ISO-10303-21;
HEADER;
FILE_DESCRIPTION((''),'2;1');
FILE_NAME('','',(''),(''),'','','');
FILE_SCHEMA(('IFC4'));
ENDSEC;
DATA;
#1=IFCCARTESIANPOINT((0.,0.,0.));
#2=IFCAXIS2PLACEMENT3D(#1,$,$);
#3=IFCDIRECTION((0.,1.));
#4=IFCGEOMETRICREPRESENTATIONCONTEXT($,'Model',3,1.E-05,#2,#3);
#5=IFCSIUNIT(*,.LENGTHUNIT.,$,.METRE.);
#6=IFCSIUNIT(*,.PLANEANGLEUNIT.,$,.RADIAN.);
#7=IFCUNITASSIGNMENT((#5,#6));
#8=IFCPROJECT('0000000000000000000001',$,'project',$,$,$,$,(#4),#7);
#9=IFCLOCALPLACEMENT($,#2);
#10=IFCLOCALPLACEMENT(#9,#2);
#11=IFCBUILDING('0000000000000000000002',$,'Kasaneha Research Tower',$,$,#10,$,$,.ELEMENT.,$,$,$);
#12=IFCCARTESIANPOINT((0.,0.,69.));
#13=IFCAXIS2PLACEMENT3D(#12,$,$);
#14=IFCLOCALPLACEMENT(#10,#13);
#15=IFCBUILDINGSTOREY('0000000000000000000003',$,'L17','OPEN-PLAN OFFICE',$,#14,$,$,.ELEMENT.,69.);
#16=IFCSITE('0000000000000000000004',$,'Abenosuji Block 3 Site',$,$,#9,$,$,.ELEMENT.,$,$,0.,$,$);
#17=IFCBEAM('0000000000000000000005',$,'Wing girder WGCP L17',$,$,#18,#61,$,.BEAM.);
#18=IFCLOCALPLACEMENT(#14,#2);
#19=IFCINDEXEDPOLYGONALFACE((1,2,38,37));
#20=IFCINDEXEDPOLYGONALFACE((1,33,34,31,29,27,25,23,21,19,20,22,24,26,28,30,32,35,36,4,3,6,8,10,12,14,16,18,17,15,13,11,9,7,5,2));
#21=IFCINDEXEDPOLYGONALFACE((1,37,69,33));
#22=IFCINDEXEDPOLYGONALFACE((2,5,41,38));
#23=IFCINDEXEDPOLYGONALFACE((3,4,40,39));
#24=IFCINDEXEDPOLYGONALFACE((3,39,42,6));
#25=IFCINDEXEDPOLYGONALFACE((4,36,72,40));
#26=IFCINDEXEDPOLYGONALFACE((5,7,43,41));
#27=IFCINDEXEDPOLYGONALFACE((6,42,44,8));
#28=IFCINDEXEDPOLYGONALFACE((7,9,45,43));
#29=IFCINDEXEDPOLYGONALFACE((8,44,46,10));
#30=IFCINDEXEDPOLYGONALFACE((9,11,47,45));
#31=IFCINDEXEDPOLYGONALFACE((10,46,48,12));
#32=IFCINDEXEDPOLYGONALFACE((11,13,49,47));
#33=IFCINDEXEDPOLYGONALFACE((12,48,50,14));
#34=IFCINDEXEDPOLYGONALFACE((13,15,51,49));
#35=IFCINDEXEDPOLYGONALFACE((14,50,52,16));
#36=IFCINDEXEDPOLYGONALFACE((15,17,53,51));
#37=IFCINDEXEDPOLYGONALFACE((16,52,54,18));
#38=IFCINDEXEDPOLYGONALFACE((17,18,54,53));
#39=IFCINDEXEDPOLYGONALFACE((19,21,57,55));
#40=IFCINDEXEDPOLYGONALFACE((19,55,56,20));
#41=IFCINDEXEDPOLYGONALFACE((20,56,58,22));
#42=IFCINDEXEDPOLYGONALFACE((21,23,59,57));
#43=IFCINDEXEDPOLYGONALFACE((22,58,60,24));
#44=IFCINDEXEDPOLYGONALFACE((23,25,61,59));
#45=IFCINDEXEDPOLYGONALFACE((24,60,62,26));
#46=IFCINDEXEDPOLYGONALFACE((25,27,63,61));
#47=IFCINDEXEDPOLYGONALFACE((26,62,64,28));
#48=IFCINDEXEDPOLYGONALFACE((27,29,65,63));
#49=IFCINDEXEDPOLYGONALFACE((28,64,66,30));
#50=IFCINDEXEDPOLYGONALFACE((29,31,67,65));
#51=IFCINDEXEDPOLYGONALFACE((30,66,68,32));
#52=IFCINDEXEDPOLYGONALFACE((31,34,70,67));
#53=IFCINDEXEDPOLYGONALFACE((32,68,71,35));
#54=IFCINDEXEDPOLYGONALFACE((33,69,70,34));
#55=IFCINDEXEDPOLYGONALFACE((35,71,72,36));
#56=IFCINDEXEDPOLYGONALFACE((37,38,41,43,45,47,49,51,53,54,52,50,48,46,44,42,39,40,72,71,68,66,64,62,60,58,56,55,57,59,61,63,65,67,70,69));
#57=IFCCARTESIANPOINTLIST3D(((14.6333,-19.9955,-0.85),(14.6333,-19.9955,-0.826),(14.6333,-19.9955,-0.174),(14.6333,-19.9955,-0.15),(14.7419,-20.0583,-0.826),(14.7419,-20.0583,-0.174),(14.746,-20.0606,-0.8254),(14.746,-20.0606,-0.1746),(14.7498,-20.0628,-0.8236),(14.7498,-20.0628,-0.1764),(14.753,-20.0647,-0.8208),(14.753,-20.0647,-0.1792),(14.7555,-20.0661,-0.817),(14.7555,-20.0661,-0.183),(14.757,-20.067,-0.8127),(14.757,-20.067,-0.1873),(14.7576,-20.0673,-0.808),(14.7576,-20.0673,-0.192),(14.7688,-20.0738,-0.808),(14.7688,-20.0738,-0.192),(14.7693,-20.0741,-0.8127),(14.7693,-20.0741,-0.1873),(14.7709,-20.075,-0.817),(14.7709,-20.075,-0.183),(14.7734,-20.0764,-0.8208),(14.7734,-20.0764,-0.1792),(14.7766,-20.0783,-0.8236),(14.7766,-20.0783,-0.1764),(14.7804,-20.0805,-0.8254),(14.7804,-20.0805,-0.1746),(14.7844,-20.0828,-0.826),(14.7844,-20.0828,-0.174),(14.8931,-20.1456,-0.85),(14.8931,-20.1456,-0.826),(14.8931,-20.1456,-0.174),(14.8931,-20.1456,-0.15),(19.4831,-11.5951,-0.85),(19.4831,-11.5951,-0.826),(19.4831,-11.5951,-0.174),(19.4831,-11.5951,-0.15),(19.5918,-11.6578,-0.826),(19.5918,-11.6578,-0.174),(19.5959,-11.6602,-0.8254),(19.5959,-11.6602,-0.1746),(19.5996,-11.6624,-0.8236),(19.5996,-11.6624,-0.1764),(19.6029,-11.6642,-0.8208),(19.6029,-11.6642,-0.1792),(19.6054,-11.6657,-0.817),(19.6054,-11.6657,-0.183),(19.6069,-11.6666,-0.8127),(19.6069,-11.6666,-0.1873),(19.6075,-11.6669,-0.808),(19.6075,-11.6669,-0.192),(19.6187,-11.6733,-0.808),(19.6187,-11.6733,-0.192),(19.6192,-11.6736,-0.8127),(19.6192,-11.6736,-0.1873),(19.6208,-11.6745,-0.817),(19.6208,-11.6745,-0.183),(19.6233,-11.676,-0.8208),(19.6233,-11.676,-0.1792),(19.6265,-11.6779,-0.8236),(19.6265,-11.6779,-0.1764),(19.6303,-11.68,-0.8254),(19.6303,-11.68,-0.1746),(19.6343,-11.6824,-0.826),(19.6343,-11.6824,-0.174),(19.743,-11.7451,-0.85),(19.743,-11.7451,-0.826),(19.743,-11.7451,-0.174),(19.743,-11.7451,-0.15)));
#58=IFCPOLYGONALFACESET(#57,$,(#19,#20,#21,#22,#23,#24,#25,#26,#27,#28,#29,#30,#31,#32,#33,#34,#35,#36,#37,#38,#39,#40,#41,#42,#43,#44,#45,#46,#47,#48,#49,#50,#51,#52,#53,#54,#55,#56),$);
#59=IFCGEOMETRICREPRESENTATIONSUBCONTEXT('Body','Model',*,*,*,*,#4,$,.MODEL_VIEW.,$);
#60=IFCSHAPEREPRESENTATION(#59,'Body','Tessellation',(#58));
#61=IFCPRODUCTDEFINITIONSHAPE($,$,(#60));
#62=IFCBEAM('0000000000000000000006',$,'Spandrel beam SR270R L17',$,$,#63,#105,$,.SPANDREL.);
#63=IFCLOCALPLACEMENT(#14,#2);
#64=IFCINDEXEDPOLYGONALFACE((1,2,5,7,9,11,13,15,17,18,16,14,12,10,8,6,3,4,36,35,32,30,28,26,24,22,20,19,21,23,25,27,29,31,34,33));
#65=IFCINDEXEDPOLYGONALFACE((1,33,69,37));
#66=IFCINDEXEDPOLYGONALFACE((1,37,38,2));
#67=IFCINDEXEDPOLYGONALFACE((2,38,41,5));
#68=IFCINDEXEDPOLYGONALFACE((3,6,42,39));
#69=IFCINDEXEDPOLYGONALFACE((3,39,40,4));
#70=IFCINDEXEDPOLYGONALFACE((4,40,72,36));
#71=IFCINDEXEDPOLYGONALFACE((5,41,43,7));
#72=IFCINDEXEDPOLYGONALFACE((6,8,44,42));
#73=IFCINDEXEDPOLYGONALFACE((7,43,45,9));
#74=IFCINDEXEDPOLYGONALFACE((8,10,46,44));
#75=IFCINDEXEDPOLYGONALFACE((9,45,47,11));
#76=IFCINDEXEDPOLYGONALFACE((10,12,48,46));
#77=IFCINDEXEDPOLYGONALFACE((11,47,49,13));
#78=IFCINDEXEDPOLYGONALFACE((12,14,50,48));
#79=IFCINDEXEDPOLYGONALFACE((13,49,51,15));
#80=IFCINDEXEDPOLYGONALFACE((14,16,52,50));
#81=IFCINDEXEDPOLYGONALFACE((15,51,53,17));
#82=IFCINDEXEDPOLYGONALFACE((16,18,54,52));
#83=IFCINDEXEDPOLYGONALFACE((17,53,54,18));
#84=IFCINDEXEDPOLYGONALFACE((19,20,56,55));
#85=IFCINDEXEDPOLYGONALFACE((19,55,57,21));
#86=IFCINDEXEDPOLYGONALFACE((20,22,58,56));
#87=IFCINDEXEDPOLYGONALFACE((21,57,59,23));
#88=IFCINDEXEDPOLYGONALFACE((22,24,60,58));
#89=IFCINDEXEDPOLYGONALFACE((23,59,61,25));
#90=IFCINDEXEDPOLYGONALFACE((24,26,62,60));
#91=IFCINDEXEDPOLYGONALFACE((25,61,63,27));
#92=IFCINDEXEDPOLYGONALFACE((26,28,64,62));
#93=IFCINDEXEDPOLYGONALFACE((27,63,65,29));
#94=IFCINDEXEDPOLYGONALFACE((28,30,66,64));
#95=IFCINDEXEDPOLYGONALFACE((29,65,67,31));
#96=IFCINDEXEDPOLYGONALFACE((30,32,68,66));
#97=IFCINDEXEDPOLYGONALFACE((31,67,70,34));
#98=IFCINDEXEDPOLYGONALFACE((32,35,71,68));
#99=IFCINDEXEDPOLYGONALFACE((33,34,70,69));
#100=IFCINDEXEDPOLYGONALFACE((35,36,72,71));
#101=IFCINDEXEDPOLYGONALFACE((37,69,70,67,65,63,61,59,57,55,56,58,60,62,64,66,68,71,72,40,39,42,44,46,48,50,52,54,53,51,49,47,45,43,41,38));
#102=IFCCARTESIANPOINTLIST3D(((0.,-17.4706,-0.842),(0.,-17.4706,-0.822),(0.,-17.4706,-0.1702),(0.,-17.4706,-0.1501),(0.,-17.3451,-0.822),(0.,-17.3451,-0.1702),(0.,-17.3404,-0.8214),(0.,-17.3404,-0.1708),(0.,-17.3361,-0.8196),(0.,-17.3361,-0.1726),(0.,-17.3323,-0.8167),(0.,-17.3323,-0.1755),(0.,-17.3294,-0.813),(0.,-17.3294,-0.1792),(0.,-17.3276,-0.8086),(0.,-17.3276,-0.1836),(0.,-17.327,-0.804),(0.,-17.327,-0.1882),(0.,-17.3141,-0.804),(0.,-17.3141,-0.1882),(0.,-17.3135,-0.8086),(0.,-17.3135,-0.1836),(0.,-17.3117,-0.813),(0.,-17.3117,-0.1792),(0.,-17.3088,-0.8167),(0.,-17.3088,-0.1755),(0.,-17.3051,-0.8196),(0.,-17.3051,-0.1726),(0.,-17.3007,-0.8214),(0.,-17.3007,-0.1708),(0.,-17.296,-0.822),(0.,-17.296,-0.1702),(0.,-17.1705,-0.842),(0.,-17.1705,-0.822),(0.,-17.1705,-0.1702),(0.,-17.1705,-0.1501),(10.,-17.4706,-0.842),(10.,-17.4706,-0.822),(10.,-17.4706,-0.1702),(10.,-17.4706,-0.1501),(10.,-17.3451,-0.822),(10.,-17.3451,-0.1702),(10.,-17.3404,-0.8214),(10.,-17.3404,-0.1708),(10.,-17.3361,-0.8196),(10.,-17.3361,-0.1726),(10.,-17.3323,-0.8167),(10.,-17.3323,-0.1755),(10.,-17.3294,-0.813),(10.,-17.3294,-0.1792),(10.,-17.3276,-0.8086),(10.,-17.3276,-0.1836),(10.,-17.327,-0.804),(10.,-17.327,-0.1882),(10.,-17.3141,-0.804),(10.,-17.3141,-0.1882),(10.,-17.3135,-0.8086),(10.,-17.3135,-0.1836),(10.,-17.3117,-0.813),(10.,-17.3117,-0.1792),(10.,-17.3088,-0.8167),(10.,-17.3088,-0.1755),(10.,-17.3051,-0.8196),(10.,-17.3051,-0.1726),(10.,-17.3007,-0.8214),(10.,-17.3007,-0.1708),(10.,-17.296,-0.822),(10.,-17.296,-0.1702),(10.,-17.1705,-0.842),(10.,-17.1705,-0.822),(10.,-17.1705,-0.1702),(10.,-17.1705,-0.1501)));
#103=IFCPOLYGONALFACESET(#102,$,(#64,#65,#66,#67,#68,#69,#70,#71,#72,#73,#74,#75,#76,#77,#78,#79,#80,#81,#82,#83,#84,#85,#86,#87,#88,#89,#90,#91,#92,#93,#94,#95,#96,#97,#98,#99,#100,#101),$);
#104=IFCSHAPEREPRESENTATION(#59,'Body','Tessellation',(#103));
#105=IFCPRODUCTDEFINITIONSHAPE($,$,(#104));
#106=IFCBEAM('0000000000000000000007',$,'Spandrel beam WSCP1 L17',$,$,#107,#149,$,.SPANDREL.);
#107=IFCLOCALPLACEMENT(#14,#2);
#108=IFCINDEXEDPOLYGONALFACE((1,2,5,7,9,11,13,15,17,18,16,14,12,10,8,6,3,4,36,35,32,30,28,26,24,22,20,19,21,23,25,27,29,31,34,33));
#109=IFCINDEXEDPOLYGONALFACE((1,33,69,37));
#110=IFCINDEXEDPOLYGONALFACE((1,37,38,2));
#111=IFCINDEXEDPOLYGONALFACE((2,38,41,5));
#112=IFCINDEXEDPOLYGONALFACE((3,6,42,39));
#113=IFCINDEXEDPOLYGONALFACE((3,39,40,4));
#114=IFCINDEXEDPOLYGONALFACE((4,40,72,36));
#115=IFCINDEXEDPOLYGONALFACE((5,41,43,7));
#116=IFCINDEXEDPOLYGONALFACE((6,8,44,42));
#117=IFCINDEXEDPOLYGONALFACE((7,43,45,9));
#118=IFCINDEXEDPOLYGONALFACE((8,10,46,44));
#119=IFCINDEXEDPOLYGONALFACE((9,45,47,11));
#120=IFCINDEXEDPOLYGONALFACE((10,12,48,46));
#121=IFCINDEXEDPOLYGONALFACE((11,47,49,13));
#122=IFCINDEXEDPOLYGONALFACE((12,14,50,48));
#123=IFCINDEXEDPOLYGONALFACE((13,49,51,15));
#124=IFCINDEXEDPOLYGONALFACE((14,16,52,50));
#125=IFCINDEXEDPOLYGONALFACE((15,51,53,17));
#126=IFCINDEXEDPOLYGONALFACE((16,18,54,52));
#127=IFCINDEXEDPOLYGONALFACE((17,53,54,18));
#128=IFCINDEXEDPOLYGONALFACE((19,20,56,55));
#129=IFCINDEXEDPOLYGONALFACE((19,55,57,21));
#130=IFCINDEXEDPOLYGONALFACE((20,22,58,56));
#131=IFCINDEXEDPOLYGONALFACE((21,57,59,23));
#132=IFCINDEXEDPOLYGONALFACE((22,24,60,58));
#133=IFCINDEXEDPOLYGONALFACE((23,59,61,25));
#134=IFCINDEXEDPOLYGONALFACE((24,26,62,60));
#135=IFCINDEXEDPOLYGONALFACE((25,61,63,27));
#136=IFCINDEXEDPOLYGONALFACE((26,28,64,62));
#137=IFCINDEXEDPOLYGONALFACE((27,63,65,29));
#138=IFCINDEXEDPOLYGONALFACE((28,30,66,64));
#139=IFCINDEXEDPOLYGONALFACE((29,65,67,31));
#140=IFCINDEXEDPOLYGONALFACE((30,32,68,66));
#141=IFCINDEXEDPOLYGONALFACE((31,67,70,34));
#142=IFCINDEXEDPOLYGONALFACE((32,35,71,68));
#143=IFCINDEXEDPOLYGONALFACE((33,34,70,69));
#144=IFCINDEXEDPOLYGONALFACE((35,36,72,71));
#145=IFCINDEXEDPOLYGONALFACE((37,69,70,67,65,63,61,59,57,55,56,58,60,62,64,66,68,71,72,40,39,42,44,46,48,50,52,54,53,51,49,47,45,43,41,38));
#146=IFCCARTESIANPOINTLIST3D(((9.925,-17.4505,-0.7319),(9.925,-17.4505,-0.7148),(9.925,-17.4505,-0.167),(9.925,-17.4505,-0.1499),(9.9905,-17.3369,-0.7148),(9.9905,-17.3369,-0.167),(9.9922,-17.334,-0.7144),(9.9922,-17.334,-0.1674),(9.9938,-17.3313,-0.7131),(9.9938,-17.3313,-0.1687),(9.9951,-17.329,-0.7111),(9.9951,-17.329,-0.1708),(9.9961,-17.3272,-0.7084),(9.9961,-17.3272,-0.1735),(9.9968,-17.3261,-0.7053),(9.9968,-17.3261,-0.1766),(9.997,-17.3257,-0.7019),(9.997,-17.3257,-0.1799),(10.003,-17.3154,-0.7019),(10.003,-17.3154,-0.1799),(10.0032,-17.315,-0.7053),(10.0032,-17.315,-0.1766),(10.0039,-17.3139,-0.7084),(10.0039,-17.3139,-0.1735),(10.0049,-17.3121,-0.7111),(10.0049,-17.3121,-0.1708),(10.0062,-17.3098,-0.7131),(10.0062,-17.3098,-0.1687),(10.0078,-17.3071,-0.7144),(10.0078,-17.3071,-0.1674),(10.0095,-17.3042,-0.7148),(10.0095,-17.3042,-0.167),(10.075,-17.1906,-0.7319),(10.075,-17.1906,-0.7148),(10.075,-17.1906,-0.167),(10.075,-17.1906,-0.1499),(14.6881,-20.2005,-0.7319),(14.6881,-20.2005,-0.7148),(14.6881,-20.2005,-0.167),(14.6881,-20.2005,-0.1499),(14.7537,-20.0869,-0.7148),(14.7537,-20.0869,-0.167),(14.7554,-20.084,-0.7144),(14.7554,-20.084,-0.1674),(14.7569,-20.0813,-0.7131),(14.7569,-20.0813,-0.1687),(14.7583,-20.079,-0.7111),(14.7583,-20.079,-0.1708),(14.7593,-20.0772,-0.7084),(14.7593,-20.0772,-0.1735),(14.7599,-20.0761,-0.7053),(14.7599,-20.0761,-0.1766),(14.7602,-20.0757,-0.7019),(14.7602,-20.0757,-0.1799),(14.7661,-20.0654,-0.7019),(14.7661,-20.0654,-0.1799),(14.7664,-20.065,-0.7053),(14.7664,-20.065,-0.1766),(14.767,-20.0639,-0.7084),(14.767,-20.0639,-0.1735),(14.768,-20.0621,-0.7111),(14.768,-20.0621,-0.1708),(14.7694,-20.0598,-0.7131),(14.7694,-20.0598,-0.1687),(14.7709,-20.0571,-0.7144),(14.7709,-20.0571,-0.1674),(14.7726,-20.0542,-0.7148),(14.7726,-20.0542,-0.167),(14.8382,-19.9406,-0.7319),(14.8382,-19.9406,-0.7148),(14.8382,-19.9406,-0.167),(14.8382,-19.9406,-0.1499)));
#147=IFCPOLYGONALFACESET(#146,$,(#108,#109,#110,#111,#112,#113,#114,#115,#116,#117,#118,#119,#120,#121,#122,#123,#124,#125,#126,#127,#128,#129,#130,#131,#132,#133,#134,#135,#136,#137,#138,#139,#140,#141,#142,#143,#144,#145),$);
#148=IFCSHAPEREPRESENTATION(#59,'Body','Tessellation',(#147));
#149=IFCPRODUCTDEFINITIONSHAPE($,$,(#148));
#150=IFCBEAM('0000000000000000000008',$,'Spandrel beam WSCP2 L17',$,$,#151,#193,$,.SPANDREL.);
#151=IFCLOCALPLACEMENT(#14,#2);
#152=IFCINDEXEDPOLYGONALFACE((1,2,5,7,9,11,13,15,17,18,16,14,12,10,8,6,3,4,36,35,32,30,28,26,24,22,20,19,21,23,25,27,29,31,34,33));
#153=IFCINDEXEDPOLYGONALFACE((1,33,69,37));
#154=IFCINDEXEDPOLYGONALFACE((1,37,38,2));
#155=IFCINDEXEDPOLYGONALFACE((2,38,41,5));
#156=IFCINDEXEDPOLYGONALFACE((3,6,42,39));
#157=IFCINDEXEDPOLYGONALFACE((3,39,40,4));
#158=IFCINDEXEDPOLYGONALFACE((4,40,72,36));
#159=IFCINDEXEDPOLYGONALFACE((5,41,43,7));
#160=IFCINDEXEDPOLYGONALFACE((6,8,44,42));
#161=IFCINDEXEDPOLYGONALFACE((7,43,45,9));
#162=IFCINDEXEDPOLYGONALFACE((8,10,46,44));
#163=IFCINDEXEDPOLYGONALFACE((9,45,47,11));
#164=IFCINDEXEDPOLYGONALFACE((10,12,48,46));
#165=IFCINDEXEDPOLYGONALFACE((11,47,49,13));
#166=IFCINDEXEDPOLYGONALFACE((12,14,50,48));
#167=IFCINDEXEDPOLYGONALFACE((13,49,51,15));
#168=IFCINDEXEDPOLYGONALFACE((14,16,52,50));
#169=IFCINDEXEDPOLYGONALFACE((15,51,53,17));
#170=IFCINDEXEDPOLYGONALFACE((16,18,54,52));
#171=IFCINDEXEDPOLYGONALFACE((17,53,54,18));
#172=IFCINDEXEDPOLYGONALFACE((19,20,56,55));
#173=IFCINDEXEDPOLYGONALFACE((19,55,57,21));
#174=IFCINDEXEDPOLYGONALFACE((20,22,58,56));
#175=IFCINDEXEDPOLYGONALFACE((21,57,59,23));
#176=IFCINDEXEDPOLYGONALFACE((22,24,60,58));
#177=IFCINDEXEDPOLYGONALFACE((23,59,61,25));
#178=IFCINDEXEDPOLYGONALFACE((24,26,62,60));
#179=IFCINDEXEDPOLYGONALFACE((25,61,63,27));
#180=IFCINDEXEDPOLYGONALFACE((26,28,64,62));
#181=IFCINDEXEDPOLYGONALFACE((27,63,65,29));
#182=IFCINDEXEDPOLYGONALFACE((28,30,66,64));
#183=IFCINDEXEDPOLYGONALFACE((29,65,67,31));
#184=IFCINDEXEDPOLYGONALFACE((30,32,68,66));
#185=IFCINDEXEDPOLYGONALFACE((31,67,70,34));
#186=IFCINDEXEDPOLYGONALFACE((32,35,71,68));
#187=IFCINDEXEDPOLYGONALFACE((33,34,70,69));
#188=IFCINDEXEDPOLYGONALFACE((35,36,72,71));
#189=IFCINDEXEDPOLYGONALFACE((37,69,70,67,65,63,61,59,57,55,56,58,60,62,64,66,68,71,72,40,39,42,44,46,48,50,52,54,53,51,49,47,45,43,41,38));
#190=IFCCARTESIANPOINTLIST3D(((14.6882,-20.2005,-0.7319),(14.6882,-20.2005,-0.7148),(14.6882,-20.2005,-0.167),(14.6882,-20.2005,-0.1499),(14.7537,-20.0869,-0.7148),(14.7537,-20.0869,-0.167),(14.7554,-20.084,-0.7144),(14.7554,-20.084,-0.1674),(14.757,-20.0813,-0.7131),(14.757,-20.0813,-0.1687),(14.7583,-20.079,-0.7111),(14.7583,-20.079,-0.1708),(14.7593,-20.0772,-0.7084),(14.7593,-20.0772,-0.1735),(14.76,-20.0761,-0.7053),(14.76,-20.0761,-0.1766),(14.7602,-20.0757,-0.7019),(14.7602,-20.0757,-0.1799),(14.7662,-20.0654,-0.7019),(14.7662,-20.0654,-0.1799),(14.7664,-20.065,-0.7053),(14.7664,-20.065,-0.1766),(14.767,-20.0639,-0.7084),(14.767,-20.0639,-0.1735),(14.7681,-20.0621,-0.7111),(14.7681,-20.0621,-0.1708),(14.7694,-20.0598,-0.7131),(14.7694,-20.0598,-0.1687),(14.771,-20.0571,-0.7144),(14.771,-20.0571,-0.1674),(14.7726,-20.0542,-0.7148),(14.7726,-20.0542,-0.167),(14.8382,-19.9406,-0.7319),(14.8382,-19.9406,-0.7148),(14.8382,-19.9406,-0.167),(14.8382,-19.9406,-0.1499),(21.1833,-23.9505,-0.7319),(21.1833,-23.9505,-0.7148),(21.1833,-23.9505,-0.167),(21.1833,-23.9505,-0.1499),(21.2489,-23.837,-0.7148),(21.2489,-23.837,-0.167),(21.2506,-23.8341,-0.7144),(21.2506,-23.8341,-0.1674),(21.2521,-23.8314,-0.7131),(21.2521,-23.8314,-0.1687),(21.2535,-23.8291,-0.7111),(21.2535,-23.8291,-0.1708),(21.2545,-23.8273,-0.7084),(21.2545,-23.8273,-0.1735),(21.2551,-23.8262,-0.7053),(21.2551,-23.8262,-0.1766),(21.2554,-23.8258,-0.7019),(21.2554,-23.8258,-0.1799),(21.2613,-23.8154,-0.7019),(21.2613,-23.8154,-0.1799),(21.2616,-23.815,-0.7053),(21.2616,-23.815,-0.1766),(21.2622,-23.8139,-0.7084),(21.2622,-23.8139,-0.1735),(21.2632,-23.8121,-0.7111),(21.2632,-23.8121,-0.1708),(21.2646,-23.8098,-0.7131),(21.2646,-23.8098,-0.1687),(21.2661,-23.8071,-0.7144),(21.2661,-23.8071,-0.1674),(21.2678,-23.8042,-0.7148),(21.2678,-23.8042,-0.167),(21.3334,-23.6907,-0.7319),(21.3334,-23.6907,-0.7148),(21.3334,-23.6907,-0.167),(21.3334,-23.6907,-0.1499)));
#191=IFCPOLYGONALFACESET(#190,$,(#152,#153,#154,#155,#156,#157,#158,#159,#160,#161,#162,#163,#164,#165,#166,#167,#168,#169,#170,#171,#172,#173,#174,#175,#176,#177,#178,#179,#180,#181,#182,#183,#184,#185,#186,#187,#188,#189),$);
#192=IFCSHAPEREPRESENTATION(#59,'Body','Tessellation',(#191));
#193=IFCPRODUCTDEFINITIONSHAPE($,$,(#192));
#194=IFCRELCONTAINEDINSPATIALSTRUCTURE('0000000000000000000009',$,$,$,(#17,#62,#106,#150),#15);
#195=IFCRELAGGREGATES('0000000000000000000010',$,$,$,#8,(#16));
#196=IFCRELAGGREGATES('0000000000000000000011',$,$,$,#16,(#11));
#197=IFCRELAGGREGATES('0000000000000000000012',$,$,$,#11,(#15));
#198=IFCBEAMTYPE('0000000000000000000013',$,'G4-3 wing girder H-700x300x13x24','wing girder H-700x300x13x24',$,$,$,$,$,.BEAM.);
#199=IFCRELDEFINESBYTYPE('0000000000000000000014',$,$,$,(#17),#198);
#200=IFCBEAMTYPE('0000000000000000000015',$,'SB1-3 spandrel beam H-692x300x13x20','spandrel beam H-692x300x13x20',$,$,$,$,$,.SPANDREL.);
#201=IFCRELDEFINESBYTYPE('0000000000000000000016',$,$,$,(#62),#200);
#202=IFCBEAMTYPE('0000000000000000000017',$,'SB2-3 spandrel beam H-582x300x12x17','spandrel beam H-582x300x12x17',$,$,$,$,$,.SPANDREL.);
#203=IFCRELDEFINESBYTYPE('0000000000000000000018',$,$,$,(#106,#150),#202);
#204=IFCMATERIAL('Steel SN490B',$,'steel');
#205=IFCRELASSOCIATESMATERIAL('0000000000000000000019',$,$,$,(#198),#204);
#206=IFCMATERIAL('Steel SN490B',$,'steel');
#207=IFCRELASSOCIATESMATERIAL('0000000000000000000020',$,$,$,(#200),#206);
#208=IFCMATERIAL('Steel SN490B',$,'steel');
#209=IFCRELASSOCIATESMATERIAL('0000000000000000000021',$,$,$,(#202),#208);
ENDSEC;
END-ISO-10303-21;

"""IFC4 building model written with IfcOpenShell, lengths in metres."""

from ifc_helpers import new_model, si_unit, direction, frame, origin, origin_2d, place, context, subcontext, project, spatial, i_section, extrude, material, material_profile, profile_set, type_object, element, save


model = new_model("IFC4")

# Units and contexts
model_context = context("Model", 3, precision=1e-05, world=origin(), true_north=direction((0.0, 1.0)))
body_context = subcontext(model_context, "Body", "Model", "MODEL_VIEW")
ifc_project = project(units=[si_unit("LENGTHUNIT", "METRE"), si_unit("PLANEANGLEUNIT", "RADIAN")], contexts=[model_context])

# Site, building, storey
site_placement = place(None, origin())
site = spatial("IfcSite", under=ifc_project, at=site_placement, Name="Abenosuji Block 3 Site", CompositionType="ELEMENT", RefElevation=0.0)
building_placement = place(site_placement, origin())
building = spatial("IfcBuilding", under=site, at=building_placement, Name="Kasaneha Research Tower", CompositionType="ELEMENT")
storey_placement = place(building_placement, frame((0.0, 0.0, 69.0)))
storey = spatial("IfcBuildingStorey", under=building, at=storey_placement, Name="L17", Description="OPEN-PLAN OFFICE", CompositionType="ELEMENT", Elevation=69.0)

# Beams
ifc_material_1 = material(Name="Steel SN490B", Category="steel")
ifc_material_profile_1 = material_profile(ifc_material_1, i_section(OverallWidth=0.3, OverallDepth=0.7, WebThickness=0.0129, FlangeThickness=0.0239, FilletRadius=0.0181, at=origin_2d()), Name="H-700x300x13x24")
ifc_profile_set_1 = profile_set([ifc_material_profile_1], Name="Steel SN490B")
beam_type_1 = type_object("IfcBeamType", Name="G4-3 wing girder H-700x300x13x24", Description="wing girder H-700x300x13x24", PredefinedType="BEAM", material=ifc_profile_set_1)
beam_1_placement = place(storey_placement, frame((14.7632, -20.0706, -0.5), z_axis=(0.499991, 0.866031, 0.0), x_axis=(-0.866031, 0.499991, 0.0)))
element("IfcBeam", 1, at=beam_1_placement, inside=storey, type_object=beam_type_1, Name="Wing girder WGCP L17", PredefinedType="BEAM", context=body_context, shape_type="SweptSolid", body=[
    extrude(i_section(OverallWidth=0.3, OverallDepth=0.7, WebThickness=0.0129, FlangeThickness=0.0239, FilletRadius=0.0181, at=origin_2d()), origin(), (0.0, 0.0, 1.0), 9.7),
])
ifc_material_2 = material(Name="Steel SN490B", Category="steel")
ifc_material_profile_2 = material_profile(ifc_material_2, i_section(OverallWidth=0.3, OverallDepth=0.6919, WebThickness=0.0129, FlangeThickness=0.02, FilletRadius=0.0181, at=origin_2d()), Name="H-692x300x13x20")
ifc_profile_set_2 = profile_set([ifc_material_profile_2], Name="Steel SN490B")
beam_type_2 = type_object("IfcBeamType", Name="SB1-3 spandrel beam H-692x300x13x20", Description="spandrel beam H-692x300x13x20", PredefinedType="SPANDREL", material=ifc_profile_set_2)
beam_2_placement = place(storey_placement, frame((10.0, -17.3206, -0.4961), z_axis=(-1.0, 0.0, 0.0), x_axis=(0.0, -1.0, 0.0)))
element("IfcBeam", 2, at=beam_2_placement, inside=storey, type_object=beam_type_2, Name="Spandrel beam SR270R L17", PredefinedType="SPANDREL", context=body_context, shape_type="SweptSolid", body=[
    extrude(i_section(OverallWidth=0.3, OverallDepth=0.6919, WebThickness=0.0129, FlangeThickness=0.02, FilletRadius=0.0181, at=origin_2d()), origin(), (0.0, 0.0, 1.0), 10.0),
])
ifc_material_3 = material(Name="Steel SN490B", Category="steel")
ifc_material_profile_3 = material_profile(ifc_material_3, i_section(OverallWidth=0.3, OverallDepth=0.582, WebThickness=0.012, FlangeThickness=0.0171, FilletRadius=0.0129, at=origin_2d()), Name="H-582x300x12x17")
ifc_profile_set_3 = profile_set([ifc_material_profile_3], Name="Steel SN490B")
beam_type_3 = type_object("IfcBeamType", Name="SB2-3 spandrel beam H-582x300x12x17", Description="spandrel beam H-582x300x12x17", PredefinedType="SPANDREL", material=ifc_profile_set_3)
beam_3_placement = place(storey_placement, frame((10.0, -17.3206, -0.4409), z_axis=(0.866027, -0.499997, 0.0), x_axis=(0.499997, 0.866027, 0.0)))
element("IfcBeam", 3, at=beam_3_placement, inside=storey, type_object=beam_type_3, Name="Spandrel beam WSCP1 L17", PredefinedType="SPANDREL", context=body_context, shape_type="SweptSolid", body=[
    extrude(i_section(OverallWidth=0.3, OverallDepth=0.582, WebThickness=0.012, FlangeThickness=0.0171, FilletRadius=0.0129, at=origin_2d()), origin(), (0.0, 0.0, 1.0), 5.5),
])
beam_4_placement = place(storey_placement, frame((14.7632, -20.0706, -0.4409), z_axis=(0.866023, -0.500004, 0.0), x_axis=(0.500004, 0.866023, 0.0)))
element("IfcBeam", 4, at=beam_4_placement, inside=storey, type_object=beam_type_3, Name="Spandrel beam WSCP2 L17", PredefinedType="SPANDREL", context=body_context, shape_type="SweptSolid", body=[
    extrude(i_section(OverallWidth=0.3, OverallDepth=0.582, WebThickness=0.012, FlangeThickness=0.0171, FilletRadius=0.0129, at=origin_2d()), origin(), (0.0, 0.0, 1.0), 7.5),
])

save(model, "model.ifc")
